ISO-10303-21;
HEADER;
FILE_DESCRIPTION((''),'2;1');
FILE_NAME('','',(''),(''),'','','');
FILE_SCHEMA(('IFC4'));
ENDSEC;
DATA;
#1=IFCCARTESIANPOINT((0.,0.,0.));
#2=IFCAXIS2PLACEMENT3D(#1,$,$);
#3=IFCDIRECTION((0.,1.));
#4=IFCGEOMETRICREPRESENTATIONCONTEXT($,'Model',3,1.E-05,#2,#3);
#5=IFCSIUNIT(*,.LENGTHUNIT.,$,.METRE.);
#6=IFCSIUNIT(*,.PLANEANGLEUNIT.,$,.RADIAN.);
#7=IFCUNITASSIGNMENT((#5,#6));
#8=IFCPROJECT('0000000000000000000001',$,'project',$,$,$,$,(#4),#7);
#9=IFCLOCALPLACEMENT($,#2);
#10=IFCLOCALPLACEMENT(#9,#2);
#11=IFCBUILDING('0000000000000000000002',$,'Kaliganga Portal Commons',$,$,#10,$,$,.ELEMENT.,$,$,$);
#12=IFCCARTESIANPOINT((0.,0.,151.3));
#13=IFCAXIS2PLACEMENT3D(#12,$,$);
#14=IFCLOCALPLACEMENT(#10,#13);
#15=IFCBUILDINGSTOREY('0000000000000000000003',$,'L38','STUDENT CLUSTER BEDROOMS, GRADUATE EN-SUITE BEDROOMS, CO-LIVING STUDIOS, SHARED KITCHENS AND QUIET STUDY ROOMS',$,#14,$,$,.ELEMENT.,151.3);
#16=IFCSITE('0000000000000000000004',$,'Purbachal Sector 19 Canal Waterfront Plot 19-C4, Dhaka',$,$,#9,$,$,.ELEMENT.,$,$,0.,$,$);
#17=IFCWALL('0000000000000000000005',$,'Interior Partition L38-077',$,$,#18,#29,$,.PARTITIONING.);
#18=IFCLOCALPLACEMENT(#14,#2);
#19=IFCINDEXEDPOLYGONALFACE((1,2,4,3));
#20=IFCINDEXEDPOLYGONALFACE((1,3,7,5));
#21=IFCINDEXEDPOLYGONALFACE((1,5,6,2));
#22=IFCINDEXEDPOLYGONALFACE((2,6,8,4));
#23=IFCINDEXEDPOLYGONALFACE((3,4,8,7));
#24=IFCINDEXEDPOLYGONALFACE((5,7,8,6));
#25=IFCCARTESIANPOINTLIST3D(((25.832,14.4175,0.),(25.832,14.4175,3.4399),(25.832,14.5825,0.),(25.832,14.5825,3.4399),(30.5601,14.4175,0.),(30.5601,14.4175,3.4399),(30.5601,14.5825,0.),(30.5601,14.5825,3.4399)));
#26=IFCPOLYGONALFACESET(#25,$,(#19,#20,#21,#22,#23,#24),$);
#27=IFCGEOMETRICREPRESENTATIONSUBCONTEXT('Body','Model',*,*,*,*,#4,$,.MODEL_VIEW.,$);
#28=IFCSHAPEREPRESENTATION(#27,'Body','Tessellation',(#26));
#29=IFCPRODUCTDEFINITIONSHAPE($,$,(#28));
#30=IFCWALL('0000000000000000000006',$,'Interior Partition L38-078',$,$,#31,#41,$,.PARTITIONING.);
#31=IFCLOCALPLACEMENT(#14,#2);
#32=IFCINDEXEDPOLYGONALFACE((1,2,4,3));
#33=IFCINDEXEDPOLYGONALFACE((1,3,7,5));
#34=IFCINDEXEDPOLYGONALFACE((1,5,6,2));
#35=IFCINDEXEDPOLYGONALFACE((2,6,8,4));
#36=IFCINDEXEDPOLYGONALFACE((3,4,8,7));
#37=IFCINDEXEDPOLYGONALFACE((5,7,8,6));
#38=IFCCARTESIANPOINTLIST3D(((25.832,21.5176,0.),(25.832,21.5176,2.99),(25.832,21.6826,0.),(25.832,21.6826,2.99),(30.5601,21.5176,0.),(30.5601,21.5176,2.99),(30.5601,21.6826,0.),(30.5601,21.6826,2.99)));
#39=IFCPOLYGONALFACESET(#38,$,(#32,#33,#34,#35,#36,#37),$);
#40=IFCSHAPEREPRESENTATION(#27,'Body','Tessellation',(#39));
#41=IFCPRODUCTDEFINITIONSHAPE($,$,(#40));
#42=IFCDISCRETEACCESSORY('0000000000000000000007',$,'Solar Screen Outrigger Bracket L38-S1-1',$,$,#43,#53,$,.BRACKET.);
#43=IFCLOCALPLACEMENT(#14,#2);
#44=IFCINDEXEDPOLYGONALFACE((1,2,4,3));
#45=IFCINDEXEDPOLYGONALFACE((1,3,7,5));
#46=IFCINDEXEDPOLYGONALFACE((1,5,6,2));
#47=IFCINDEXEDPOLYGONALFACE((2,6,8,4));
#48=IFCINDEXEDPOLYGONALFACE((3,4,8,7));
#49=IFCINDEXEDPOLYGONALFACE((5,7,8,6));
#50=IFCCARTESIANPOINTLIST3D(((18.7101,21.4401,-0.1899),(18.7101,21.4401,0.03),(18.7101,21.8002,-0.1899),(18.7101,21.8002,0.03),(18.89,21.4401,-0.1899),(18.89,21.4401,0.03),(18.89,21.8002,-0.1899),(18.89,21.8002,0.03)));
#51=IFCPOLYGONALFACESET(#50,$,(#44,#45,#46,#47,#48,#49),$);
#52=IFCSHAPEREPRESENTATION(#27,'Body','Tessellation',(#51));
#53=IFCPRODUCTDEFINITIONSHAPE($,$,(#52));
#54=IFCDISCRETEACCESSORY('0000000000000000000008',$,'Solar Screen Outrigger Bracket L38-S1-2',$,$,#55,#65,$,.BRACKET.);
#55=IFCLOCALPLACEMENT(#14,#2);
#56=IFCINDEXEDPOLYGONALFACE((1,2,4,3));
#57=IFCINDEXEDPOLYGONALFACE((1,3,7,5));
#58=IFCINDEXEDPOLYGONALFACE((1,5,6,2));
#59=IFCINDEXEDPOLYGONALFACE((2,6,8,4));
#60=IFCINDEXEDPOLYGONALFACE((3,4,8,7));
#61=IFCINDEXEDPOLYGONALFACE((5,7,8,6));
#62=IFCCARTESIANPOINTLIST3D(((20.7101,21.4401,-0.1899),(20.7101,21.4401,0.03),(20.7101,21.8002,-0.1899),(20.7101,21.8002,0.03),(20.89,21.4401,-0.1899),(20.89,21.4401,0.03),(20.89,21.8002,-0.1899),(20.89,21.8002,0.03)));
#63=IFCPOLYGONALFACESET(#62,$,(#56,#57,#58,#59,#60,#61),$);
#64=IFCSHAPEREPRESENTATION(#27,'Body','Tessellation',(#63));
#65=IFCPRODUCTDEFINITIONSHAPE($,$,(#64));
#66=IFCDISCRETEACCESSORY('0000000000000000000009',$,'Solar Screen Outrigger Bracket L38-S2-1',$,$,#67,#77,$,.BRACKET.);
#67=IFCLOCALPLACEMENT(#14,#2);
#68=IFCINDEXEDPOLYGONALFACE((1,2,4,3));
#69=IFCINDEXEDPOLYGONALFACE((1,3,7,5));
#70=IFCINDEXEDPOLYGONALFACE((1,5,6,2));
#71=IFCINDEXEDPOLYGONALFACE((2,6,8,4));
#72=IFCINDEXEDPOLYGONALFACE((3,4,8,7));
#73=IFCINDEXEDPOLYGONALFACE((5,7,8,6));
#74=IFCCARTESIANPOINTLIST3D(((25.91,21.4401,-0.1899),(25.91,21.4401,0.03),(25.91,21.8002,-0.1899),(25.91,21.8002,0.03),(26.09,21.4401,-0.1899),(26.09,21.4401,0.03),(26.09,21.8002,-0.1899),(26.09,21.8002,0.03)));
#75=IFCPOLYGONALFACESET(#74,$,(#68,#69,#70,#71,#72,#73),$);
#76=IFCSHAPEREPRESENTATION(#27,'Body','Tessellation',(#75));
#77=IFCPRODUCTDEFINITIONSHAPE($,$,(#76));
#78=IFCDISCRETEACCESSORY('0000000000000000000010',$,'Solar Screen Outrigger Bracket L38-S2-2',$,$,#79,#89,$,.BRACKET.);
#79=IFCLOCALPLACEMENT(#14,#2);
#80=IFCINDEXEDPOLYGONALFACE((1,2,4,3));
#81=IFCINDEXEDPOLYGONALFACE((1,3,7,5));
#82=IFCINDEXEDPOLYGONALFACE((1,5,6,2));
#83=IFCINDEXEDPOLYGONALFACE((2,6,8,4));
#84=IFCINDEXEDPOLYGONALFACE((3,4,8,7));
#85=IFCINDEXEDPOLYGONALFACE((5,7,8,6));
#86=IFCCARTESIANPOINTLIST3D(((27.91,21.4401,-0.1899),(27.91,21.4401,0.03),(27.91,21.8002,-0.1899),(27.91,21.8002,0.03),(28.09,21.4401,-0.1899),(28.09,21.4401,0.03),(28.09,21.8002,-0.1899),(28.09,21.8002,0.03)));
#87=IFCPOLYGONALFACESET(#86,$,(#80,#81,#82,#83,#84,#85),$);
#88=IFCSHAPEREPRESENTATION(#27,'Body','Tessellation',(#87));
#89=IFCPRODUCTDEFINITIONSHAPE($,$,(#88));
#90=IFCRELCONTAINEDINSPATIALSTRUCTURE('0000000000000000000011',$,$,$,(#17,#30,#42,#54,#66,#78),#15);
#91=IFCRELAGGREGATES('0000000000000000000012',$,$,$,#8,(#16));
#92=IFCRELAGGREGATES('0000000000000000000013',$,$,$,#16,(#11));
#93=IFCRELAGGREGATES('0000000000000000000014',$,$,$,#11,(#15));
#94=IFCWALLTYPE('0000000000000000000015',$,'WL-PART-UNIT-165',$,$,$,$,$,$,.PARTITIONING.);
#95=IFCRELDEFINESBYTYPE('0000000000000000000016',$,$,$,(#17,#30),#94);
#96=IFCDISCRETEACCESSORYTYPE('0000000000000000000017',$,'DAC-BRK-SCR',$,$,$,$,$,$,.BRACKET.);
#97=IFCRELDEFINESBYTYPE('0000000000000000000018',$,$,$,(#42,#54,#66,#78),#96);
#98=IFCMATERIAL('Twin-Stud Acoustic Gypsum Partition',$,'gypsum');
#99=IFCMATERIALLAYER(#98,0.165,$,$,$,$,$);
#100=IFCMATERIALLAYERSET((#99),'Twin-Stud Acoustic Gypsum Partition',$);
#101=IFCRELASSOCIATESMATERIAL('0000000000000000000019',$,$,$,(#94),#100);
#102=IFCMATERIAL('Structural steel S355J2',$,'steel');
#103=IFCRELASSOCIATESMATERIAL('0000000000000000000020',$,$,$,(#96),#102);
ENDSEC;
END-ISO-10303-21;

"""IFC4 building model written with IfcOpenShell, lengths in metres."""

from ifc_helpers import new_model, si_unit, direction, frame, frame_2d, origin, origin_2d, place, context, subcontext, project, spatial, rectangle, extrude, source, transform, mapped, material, layer, layer_set, type_object, element, save


model = new_model("IFC4")

# Units and contexts
model_context = context("Model", 3, precision=1e-05, world=origin(), true_north=direction((0.0, 1.0)))
body_context = subcontext(model_context, "Body", "Model", "MODEL_VIEW")
ifc_project = project(units=[si_unit("LENGTHUNIT", "METRE"), si_unit("PLANEANGLEUNIT", "RADIAN")], contexts=[model_context])

# Site, building, storey
site_placement = place(None, origin())
site = spatial("IfcSite", under=ifc_project, at=site_placement, Name="Purbachal Sector 19 Canal Waterfront Plot 19-C4, Dhaka", CompositionType="ELEMENT", RefElevation=0.0)
building_placement = place(site_placement, origin())
building = spatial("IfcBuilding", under=site, at=building_placement, Name="Kaliganga Portal Commons", CompositionType="ELEMENT")
storey_placement = place(building_placement, frame((0.0, 0.0, 151.3)))
storey = spatial("IfcBuildingStorey", under=building, at=storey_placement, Name="L38", Description="STUDENT CLUSTER BEDROOMS, GRADUATE EN-SUITE BEDROOMS, CO-LIVING STUDIOS, SHARED KITCHENS AND QUIET STUDY ROOMS", CompositionType="ELEMENT", Elevation=151.3)

# Shared definitions
ifc_material_1 = material(Name="Structural steel S355J2", Category="steel")

# Walls
ifc_material_2 = material(Name="Twin-Stud Acoustic Gypsum Partition", Category="gypsum")
ifc_layer_1 = layer(ifc_material_2, 0.165)
ifc_layer_set_1 = layer_set([ifc_layer_1], Name="Twin-Stud Acoustic Gypsum Partition")
wall_type_1 = type_object("IfcWallType", Name="WL-PART-UNIT-165", PredefinedType="PARTITIONING", material=ifc_layer_set_1)
wall_1_placement = place(storey_placement, frame((25.832, 14.5, 0.0), z_axis=(0.0, 0.0, 1.0), x_axis=(1.0, 0.0, 0.0)))
element("IfcWall", 1, at=wall_1_placement, inside=storey, type_object=wall_type_1, Name="Interior Partition L38-077", PredefinedType="PARTITIONING", context=body_context, shape_type="SweptSolid", body=[
    extrude(rectangle(XDim=4.728, YDim=0.165, at=frame_2d((2.364, 0.0))), origin(), (0.0, 0.0, 1.0), 3.4399),
])
wall_2_placement = place(storey_placement, frame((25.832, 21.6001, 0.0), z_axis=(0.0, 0.0, 1.0), x_axis=(1.0, 0.0, 0.0)))
element("IfcWall", 2, at=wall_2_placement, inside=storey, type_object=wall_type_1, Name="Interior Partition L38-078", PredefinedType="PARTITIONING", context=body_context, shape_type="SweptSolid", body=[
    extrude(rectangle(XDim=4.728, YDim=0.165, at=frame_2d((2.364, 0.0))), origin(), (0.0, 0.0, 1.0), 2.99),
])

# Discrete accessories
discrete_accessory_type = type_object("IfcDiscreteAccessoryType", Name="DAC-BRK-SCR", PredefinedType="BRACKET", material=ifc_material_1)
shared_shape_1 = source(origin(), body_context, "Body", "SweptSolid", [
    extrude(rectangle(XDim=0.1799, YDim=0.3601, at=origin_2d()), origin(), (0.0, 0.0, 1.0), 0.22),
])
for number, where, z_axis, x_axis, name in (
    (3, (18.8, 21.6201, -0.1899), (0.0, 0.0, 1.0), (1.0, 0.0, 0.0), "Solar Screen Outrigger Bracket L38-S1-1"),
    (4, (20.8, 21.6201, -0.1899), (0.0, 0.0, 1.0), (1.0, 0.0, 0.0), "Solar Screen Outrigger Bracket L38-S1-2"),
    (5, (26.0, 21.6201, -0.1899), (0.0, 0.0, 1.0), (1.0, 0.0, 0.0), "Solar Screen Outrigger Bracket L38-S2-1"),
    (6, (28.0, 21.6201, -0.1899), (0.0, 0.0, 1.0), (1.0, 0.0, 0.0), "Solar Screen Outrigger Bracket L38-S2-2"),
):
    element("IfcDiscreteAccessory", number, at=place(storey_placement, frame(where, z_axis=z_axis, x_axis=x_axis)), inside=storey, type_object=discrete_accessory_type, Name=name, PredefinedType="BRACKET", context=body_context, shape_type="MappedRepresentation", body=[
        mapped(shared_shape_1, transform((0.0, 0.0, 0.0), x_axis=(1.0, 0.0, 0.0), y_axis=(0.0, 1.0, 0.0), z_axis=(0.0, 0.0, 1.0), scale=1.0)),
    ])

save(model, "model.ifc")
